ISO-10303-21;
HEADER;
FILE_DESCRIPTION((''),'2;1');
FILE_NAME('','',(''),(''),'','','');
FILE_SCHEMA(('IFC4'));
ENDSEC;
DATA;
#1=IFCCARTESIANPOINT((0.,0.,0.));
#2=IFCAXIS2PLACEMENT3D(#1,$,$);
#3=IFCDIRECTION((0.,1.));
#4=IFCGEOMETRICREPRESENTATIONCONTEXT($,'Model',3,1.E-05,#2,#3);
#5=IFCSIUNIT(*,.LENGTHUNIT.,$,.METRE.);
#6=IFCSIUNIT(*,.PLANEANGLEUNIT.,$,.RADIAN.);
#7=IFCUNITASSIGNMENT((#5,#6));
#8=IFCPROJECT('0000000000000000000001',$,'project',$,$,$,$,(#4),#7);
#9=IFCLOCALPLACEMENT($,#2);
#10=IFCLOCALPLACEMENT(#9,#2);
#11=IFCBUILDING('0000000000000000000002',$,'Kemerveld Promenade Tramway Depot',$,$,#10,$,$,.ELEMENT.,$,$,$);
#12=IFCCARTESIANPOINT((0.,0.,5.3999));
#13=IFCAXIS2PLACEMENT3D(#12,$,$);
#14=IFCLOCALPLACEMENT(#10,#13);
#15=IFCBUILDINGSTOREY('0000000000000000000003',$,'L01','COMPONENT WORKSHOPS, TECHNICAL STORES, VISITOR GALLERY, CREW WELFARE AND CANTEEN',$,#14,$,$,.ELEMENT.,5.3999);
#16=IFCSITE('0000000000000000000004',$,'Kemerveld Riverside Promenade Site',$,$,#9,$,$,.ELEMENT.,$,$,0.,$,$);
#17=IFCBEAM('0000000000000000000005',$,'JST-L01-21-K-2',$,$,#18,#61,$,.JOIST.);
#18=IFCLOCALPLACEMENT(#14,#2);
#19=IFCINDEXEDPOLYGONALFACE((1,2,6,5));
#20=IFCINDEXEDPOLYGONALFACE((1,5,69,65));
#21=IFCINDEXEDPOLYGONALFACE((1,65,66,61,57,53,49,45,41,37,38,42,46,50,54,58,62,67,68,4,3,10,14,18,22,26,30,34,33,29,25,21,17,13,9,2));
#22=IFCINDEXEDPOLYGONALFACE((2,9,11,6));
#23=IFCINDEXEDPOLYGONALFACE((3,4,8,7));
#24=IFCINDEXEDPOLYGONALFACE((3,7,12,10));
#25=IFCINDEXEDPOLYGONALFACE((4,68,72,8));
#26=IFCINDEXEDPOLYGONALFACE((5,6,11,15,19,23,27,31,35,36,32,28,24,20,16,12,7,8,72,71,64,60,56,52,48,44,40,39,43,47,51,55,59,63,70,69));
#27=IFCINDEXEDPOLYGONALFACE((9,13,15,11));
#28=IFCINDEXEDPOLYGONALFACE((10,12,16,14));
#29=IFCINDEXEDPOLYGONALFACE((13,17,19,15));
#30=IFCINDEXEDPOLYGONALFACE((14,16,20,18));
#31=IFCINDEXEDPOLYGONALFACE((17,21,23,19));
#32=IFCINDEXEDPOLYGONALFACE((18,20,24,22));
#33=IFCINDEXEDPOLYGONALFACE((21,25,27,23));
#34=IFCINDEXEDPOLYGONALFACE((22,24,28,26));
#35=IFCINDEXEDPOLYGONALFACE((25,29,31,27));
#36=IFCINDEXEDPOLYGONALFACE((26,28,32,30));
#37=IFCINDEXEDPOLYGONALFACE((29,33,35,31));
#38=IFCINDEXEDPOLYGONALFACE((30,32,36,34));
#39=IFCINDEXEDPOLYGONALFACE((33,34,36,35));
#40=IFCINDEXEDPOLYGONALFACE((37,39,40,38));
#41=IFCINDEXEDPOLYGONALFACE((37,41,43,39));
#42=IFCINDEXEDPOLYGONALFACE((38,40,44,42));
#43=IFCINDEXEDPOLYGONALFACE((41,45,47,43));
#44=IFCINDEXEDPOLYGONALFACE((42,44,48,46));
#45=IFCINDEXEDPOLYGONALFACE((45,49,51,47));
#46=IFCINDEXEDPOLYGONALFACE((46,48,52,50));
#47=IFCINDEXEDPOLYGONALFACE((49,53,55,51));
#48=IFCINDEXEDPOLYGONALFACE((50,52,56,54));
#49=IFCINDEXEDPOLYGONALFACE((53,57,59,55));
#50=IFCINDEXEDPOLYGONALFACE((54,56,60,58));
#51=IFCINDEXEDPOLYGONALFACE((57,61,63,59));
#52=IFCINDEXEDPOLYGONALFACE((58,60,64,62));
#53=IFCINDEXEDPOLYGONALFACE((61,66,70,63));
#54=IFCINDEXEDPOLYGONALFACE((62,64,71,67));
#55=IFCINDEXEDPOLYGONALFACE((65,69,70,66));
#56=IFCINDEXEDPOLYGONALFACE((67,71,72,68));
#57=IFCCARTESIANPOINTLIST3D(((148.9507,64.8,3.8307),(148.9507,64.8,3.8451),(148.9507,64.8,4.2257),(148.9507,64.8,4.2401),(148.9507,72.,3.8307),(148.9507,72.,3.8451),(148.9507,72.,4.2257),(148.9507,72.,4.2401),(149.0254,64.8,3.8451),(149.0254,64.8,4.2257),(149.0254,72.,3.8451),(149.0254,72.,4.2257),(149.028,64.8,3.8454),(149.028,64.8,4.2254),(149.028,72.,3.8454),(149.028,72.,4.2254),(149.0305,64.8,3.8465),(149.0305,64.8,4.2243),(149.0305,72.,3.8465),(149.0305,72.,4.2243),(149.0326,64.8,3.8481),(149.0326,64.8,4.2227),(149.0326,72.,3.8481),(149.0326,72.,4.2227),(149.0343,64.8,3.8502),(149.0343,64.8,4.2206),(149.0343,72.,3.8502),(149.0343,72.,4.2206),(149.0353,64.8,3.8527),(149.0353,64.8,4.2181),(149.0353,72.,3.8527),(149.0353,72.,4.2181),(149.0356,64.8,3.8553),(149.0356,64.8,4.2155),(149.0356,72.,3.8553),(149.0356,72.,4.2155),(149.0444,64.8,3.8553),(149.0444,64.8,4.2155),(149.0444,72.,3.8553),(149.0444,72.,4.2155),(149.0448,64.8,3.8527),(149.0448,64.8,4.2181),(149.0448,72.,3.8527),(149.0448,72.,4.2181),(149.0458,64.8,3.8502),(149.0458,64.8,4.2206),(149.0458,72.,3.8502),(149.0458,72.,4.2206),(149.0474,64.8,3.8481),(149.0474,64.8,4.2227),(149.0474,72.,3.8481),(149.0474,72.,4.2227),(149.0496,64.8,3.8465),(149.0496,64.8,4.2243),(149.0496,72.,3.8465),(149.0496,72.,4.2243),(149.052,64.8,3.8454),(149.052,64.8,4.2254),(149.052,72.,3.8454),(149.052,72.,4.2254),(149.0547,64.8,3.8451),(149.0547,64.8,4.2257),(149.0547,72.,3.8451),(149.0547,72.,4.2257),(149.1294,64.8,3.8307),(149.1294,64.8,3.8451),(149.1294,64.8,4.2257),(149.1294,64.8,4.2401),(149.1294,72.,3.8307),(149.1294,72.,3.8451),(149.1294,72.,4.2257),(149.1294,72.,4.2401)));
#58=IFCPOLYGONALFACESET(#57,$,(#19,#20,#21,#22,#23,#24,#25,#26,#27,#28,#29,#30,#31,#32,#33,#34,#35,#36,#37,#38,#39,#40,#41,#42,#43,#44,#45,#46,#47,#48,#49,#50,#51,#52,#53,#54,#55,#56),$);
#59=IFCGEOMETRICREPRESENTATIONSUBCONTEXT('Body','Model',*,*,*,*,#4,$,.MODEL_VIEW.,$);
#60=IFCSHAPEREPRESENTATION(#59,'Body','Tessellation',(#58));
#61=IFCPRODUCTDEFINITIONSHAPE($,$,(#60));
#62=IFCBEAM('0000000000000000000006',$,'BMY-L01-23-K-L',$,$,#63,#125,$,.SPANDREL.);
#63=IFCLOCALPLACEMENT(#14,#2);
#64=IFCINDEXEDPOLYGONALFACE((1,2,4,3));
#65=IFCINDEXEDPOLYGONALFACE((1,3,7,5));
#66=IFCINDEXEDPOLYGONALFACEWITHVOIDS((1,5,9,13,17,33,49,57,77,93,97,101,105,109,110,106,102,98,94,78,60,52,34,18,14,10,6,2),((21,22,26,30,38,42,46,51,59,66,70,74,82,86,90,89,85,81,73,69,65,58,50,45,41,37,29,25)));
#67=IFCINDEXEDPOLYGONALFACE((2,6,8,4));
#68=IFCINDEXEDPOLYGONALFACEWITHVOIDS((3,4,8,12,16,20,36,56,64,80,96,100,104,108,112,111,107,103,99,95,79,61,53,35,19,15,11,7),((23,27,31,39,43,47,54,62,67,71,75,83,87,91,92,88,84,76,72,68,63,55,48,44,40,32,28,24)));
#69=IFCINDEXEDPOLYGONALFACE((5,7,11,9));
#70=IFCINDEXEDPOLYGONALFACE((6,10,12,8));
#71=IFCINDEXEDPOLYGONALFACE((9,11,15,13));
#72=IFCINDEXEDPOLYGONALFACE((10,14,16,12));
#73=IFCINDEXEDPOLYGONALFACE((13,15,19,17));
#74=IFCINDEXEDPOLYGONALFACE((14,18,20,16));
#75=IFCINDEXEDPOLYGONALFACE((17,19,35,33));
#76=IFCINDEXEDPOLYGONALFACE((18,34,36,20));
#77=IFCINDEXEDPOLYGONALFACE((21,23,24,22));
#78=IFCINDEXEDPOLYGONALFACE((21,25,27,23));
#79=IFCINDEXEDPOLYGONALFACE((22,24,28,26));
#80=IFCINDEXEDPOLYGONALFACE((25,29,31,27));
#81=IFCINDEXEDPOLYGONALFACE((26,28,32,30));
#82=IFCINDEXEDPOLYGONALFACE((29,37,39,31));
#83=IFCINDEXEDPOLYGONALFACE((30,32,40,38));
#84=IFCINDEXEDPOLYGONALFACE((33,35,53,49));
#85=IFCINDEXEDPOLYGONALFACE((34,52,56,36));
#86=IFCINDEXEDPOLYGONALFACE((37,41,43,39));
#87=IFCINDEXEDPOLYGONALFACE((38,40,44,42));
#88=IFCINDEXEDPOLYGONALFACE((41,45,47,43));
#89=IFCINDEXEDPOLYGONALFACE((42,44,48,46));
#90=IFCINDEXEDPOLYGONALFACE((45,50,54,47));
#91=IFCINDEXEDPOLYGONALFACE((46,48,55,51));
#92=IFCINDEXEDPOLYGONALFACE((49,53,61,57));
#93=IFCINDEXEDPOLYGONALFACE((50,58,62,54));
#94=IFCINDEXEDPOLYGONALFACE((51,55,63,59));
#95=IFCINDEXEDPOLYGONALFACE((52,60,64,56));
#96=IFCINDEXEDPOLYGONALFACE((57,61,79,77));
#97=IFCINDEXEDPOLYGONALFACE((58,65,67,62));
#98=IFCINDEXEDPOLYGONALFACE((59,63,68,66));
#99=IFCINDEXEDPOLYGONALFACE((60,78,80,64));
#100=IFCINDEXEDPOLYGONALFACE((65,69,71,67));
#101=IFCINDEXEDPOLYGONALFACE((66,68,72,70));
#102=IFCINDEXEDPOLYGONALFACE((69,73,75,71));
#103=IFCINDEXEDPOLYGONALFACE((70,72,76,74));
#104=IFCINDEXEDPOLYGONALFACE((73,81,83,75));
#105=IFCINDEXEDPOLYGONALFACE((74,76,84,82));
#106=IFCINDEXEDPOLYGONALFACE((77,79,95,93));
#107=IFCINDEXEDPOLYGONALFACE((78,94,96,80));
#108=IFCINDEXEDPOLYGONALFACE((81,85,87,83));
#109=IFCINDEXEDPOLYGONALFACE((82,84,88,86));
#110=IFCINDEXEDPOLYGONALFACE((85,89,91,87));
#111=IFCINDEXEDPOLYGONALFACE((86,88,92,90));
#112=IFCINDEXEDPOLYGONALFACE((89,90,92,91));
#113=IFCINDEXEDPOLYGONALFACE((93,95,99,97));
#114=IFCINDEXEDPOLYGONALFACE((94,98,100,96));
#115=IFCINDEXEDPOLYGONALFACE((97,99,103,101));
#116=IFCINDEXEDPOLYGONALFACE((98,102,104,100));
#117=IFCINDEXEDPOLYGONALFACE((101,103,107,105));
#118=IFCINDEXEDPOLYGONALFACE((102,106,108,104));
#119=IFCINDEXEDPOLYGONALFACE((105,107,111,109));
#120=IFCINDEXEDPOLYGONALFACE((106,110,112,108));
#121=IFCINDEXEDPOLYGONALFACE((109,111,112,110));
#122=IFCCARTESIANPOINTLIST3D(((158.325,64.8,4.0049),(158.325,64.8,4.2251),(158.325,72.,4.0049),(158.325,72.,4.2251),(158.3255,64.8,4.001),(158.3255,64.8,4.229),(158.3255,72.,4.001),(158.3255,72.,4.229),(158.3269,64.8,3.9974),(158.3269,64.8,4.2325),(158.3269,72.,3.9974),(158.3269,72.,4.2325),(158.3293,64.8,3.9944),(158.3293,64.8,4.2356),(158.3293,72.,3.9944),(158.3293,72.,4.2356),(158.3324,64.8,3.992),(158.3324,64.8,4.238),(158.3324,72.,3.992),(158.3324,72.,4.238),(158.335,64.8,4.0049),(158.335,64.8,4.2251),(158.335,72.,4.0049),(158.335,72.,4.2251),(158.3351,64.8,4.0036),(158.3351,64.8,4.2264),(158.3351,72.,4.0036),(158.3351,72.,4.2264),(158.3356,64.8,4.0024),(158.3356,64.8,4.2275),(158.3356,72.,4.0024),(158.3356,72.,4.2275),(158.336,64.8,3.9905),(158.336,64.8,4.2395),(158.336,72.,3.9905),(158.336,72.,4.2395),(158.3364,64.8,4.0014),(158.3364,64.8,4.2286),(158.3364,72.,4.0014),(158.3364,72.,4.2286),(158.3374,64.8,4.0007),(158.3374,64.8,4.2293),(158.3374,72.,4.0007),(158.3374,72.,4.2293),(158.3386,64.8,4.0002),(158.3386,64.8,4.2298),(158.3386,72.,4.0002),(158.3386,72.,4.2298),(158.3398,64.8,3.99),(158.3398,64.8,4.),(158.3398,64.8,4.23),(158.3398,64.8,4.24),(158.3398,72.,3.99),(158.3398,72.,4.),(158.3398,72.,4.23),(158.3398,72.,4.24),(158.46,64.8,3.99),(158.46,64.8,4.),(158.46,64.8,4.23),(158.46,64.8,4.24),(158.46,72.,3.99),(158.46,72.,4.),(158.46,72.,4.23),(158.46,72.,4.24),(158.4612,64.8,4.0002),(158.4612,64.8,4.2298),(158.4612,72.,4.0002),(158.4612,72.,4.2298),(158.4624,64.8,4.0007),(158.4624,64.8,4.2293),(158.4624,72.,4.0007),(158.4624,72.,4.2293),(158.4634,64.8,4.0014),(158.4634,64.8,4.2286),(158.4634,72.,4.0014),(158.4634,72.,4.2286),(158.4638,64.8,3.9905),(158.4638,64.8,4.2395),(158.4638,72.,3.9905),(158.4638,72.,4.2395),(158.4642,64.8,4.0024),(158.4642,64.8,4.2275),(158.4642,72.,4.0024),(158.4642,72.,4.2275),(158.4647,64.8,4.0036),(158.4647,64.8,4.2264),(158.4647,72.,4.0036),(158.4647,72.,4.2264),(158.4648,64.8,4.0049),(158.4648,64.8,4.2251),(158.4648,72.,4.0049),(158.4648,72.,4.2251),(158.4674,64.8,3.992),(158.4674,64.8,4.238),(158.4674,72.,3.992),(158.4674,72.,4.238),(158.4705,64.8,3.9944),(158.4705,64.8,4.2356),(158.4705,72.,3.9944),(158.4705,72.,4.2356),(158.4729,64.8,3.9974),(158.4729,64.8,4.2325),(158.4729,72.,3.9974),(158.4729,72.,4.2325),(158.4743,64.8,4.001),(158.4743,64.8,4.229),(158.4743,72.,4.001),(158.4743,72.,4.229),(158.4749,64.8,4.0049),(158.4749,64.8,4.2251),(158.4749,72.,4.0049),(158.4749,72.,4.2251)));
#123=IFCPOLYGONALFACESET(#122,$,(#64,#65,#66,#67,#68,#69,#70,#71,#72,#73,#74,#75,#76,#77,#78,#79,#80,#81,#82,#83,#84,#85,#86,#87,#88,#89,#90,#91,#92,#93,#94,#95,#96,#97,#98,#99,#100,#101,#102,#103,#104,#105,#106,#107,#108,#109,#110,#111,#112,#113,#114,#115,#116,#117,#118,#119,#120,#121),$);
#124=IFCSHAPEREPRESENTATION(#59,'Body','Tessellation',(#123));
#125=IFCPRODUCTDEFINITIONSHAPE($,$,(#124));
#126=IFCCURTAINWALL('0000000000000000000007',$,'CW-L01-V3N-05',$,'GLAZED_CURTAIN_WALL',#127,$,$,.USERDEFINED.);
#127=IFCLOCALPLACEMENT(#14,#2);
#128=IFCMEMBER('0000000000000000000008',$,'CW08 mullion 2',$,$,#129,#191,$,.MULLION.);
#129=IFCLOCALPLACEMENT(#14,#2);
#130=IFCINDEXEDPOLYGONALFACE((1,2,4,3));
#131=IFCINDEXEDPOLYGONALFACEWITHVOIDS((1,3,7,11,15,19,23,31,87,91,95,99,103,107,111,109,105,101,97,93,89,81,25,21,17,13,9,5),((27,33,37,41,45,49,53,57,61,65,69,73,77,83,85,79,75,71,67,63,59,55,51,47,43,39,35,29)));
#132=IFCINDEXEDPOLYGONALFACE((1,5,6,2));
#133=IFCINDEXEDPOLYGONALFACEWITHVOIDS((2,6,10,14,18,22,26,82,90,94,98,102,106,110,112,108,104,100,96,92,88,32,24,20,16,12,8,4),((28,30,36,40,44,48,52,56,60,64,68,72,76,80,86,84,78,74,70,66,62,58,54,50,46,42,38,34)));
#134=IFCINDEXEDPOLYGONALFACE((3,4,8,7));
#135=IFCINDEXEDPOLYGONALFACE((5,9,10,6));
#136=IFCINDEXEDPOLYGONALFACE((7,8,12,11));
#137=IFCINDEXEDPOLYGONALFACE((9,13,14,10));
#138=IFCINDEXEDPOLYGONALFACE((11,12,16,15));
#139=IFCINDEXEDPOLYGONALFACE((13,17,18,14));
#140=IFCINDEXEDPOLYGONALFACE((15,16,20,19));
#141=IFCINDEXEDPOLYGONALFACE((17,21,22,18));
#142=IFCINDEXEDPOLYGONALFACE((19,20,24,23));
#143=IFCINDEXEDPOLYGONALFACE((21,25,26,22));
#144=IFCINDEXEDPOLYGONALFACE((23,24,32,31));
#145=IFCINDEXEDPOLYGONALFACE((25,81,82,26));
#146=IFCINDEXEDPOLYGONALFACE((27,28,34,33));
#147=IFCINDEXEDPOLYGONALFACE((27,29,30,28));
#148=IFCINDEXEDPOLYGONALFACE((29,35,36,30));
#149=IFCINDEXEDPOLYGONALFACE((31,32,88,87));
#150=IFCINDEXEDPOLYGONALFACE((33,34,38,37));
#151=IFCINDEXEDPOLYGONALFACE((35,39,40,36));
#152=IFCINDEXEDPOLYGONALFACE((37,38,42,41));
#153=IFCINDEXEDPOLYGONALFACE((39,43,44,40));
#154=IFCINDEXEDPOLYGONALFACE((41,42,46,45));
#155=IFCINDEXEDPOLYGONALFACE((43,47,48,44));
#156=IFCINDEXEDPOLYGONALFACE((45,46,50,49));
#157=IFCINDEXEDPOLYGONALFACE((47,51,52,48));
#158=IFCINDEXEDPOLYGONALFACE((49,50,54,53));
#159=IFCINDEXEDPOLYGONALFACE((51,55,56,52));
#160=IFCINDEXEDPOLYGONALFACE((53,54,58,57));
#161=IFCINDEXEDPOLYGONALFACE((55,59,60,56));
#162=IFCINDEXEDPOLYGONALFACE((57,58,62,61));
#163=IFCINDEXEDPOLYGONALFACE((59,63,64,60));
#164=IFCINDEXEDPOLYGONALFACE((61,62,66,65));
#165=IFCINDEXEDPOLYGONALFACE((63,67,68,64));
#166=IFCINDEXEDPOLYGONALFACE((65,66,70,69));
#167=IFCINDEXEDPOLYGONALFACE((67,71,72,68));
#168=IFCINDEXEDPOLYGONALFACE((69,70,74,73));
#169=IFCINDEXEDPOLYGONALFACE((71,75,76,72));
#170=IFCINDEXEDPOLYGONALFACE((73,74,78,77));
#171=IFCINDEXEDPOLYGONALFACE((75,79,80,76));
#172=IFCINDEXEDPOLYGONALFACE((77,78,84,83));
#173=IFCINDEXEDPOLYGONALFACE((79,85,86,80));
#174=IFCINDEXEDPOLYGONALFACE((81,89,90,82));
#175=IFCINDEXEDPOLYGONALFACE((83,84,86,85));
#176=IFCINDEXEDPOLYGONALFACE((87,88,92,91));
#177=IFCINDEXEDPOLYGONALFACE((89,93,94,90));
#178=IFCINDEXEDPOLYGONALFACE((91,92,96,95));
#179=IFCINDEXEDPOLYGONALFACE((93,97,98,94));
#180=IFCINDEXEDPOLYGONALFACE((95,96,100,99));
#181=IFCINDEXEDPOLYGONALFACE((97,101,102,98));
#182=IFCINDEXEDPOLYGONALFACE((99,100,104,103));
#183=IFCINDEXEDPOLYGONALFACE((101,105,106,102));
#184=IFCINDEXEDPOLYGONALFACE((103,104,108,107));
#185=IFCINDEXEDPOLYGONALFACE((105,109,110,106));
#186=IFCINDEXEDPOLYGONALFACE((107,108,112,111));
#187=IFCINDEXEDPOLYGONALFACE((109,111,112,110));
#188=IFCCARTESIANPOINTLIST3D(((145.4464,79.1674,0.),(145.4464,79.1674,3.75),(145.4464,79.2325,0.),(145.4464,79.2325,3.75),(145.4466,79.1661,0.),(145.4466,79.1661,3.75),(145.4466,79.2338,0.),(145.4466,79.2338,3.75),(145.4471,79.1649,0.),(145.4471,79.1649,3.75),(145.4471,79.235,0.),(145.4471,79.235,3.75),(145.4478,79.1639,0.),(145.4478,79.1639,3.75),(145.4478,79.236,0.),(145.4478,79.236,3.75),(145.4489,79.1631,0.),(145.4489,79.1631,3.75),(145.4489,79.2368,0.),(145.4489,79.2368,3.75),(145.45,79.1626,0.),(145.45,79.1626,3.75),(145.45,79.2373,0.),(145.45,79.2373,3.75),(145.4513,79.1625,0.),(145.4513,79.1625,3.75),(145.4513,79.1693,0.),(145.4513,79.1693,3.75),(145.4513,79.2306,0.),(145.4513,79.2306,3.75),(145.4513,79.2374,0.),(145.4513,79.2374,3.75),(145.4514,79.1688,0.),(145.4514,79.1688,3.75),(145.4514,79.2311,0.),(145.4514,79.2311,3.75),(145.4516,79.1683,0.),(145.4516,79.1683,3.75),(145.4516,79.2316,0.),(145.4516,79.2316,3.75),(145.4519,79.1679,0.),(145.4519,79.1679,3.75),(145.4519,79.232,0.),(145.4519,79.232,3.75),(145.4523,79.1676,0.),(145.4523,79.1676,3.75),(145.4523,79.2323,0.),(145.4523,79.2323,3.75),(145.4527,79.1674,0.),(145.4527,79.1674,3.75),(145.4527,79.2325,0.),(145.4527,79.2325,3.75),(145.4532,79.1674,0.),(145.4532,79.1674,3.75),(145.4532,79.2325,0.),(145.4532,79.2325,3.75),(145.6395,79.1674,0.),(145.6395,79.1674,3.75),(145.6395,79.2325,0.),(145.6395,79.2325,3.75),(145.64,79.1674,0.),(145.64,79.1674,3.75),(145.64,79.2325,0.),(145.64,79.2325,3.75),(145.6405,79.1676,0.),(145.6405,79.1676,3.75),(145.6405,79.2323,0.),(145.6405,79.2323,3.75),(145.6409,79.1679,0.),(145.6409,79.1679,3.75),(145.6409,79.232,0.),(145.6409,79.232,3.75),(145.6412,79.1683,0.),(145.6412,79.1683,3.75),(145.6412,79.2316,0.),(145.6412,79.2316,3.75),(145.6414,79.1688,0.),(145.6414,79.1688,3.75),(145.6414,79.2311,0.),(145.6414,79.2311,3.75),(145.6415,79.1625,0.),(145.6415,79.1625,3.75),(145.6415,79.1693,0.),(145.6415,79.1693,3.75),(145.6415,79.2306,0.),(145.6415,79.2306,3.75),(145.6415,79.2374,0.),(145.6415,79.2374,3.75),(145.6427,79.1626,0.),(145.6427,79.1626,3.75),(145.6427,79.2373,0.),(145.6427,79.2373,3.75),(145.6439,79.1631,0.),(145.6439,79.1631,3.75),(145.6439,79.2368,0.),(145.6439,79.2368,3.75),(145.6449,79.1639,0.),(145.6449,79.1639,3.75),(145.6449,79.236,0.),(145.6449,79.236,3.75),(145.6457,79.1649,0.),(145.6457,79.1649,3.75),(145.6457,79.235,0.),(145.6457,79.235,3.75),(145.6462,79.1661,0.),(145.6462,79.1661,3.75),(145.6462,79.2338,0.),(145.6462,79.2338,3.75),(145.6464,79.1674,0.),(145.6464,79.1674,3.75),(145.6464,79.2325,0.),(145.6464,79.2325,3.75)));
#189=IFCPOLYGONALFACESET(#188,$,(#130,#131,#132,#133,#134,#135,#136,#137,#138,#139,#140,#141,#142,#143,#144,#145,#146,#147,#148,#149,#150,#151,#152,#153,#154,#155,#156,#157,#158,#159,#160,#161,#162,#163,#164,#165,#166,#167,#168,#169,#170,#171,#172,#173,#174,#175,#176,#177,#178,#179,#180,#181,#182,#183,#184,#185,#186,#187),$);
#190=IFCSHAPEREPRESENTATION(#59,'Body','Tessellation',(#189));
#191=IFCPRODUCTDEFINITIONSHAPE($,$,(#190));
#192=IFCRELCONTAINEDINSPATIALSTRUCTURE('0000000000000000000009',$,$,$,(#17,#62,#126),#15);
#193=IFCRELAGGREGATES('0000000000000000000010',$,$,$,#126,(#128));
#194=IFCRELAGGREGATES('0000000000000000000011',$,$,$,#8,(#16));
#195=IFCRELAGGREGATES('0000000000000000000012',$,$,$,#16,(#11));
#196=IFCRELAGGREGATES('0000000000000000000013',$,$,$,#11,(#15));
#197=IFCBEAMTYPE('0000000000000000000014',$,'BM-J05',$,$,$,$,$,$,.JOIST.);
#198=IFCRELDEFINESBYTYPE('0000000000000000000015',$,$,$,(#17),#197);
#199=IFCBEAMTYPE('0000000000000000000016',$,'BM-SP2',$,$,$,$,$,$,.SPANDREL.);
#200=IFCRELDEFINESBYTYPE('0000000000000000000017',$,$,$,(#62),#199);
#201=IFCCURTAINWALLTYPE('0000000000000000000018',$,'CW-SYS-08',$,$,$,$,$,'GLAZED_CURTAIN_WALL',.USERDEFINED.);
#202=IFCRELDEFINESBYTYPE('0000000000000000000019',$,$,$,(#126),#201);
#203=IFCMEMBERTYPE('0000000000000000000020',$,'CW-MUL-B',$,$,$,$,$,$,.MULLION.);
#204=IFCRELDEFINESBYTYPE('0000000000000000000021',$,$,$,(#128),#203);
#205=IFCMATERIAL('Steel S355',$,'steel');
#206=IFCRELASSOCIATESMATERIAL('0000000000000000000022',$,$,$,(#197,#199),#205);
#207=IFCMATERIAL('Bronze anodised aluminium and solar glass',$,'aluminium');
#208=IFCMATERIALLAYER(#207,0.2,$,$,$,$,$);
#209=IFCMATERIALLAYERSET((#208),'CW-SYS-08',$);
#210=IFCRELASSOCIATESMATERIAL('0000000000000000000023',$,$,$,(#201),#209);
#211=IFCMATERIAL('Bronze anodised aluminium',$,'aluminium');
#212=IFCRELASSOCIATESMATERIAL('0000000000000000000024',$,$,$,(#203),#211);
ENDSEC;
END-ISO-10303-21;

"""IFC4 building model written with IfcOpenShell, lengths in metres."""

from ifc_helpers import new_model, si_unit, direction, frame, origin, origin_2d, place, context, subcontext, project, spatial, hollow_rectangle, i_section, extrude, material, layer, layer_set, material_profile, profile_set, type_object, element, aggregate, save


model = new_model("IFC4")

# Units and contexts
model_context = context("Model", 3, precision=1e-05, world=origin(), true_north=direction((0.0, 1.0)))
body_context = subcontext(model_context, "Body", "Model", "MODEL_VIEW")
ifc_project = project(units=[si_unit("LENGTHUNIT", "METRE"), si_unit("PLANEANGLEUNIT", "RADIAN")], contexts=[model_context])

# Site, building, storey
site_placement = place(None, origin())
site = spatial("IfcSite", under=ifc_project, at=site_placement, Name="Kemerveld Riverside Promenade Site", CompositionType="ELEMENT", RefElevation=0.0)
building_placement = place(site_placement, origin())
building = spatial("IfcBuilding", under=site, at=building_placement, Name="Kemerveld Promenade Tramway Depot", CompositionType="ELEMENT")
storey_placement = place(building_placement, frame((0.0, 0.0, 5.3999)))
storey = spatial("IfcBuildingStorey", under=building, at=storey_placement, Name="L01", Description="COMPONENT WORKSHOPS, TECHNICAL STORES, VISITOR GALLERY, CREW WELFARE AND CANTEEN", CompositionType="ELEMENT", Elevation=5.3999)

# Shared definitions
ifc_material_1 = material(Name="Steel S355", Category="steel")

# Beams
ifc_material_profile_1 = material_profile(ifc_material_1, i_section(OverallWidth=0.1787, OverallDepth=0.4094, WebThickness=0.0088, FlangeThickness=0.0144, FilletRadius=0.0103, at=origin_2d()), Name="406x178x67 UB")
ifc_profile_set_1 = profile_set([ifc_material_profile_1], Name="Steel S355")
beam_type_1 = type_object("IfcBeamType", Name="BM-J05", PredefinedType="JOIST", material=ifc_profile_set_1)
for number, where, z_axis, x_axis, name in (
    (1, (149.04, 64.8, 4.0354), (0.0, 1.0, 0.0), (-1.0, 0.0, 0.0), "JST-L01-21-K-2"),
):
    element("IfcBeam", number, at=place(storey_placement, frame(where, z_axis=z_axis, x_axis=x_axis)), inside=storey, type_object=beam_type_1, Name=name, PredefinedType="JOIST", context=body_context, shape_type="SweptSolid", body=[
        extrude(i_section(OverallWidth=0.1787, OverallDepth=0.4094, WebThickness=0.0088, FlangeThickness=0.0144, FilletRadius=0.0103, at=origin_2d()), origin(), (0.0, 0.0, 1.0), 7.2),
    ])
ifc_material_profile_2 = material_profile(ifc_material_1, hollow_rectangle(XDim=0.1499, YDim=0.25, WallThickness=0.01, InnerFilletRadius=0.0049, OuterFilletRadius=0.0149, at=origin_2d()), Name="250x150x10.0 RHS")
ifc_profile_set_2 = profile_set([ifc_material_profile_2], Name="Steel S355")
beam_type_2 = type_object("IfcBeamType", Name="BM-SP2", PredefinedType="SPANDREL", material=ifc_profile_set_2)
beam_placement = place(storey_placement, frame((158.3999, 64.8, 4.115), z_axis=(0.0, 1.0, 0.0), x_axis=(-1.0, 0.0, 0.0)))
element("IfcBeam", 2, at=beam_placement, inside=storey, type_object=beam_type_2, Name="BMY-L01-23-K-L", PredefinedType="SPANDREL", context=body_context, shape_type="SweptSolid", body=[
    extrude(hollow_rectangle(XDim=0.1499, YDim=0.25, WallThickness=0.01, InnerFilletRadius=0.0049, OuterFilletRadius=0.0149, at=origin_2d()), origin(), (0.0, 0.0, 1.0), 7.2),
])

# Curtain wall, member
ifc_material_2 = material(Name="Bronze anodised aluminium and solar glass", Category="aluminium")
ifc_layer_1 = layer(ifc_material_2, 0.2)
ifc_layer_set_1 = layer_set([ifc_layer_1], Name="CW-SYS-08")
curtain_wall_type = type_object("IfcCurtainWallType", Name="CW-SYS-08", ElementType="GLAZED_CURTAIN_WALL", PredefinedType="USERDEFINED", material=ifc_layer_set_1)
curtain_wall_placement = place(storey_placement, origin())
curtain_wall = element("IfcCurtainWall", 3, at=curtain_wall_placement, inside=storey, type_object=curtain_wall_type, Name="CW-L01-V3N-05", ObjectType="GLAZED_CURTAIN_WALL", PredefinedType="USERDEFINED")
ifc_material_3 = material(Name="Bronze anodised aluminium", Category="aluminium")
ifc_material_profile_3 = material_profile(ifc_material_3, hollow_rectangle(XDim=0.075, YDim=0.2, WallThickness=0.0049, InnerFilletRadius=0.002, OuterFilletRadius=0.0049, at=origin_2d()), Name="CW-MUL-200x75")
ifc_profile_set_3 = profile_set([ifc_material_profile_3], Name="Bronze anodised aluminium")
member_type_1 = type_object("IfcMemberType", Name="CW-MUL-B", PredefinedType="MULLION", material=ifc_profile_set_3)
member_1_placement = place(storey_placement, frame((145.5464, 79.2, 0.0), z_axis=(0.0, 0.0, 1.0), x_axis=(0.0, 1.0, 0.0)))
member_1 = element("IfcMember", 4, at=member_1_placement, type_object=member_type_1, Name="CW08 mullion 2", PredefinedType="MULLION", context=body_context, shape_type="SweptSolid", body=[
    extrude(hollow_rectangle(XDim=0.075, YDim=0.2, WallThickness=0.0049, InnerFilletRadius=0.002, OuterFilletRadius=0.0049, at=origin_2d()), origin(), (0.0, 0.0, 1.0), 3.75),
])
aggregate(curtain_wall, [member_1])

save(model, "model.ifc")
